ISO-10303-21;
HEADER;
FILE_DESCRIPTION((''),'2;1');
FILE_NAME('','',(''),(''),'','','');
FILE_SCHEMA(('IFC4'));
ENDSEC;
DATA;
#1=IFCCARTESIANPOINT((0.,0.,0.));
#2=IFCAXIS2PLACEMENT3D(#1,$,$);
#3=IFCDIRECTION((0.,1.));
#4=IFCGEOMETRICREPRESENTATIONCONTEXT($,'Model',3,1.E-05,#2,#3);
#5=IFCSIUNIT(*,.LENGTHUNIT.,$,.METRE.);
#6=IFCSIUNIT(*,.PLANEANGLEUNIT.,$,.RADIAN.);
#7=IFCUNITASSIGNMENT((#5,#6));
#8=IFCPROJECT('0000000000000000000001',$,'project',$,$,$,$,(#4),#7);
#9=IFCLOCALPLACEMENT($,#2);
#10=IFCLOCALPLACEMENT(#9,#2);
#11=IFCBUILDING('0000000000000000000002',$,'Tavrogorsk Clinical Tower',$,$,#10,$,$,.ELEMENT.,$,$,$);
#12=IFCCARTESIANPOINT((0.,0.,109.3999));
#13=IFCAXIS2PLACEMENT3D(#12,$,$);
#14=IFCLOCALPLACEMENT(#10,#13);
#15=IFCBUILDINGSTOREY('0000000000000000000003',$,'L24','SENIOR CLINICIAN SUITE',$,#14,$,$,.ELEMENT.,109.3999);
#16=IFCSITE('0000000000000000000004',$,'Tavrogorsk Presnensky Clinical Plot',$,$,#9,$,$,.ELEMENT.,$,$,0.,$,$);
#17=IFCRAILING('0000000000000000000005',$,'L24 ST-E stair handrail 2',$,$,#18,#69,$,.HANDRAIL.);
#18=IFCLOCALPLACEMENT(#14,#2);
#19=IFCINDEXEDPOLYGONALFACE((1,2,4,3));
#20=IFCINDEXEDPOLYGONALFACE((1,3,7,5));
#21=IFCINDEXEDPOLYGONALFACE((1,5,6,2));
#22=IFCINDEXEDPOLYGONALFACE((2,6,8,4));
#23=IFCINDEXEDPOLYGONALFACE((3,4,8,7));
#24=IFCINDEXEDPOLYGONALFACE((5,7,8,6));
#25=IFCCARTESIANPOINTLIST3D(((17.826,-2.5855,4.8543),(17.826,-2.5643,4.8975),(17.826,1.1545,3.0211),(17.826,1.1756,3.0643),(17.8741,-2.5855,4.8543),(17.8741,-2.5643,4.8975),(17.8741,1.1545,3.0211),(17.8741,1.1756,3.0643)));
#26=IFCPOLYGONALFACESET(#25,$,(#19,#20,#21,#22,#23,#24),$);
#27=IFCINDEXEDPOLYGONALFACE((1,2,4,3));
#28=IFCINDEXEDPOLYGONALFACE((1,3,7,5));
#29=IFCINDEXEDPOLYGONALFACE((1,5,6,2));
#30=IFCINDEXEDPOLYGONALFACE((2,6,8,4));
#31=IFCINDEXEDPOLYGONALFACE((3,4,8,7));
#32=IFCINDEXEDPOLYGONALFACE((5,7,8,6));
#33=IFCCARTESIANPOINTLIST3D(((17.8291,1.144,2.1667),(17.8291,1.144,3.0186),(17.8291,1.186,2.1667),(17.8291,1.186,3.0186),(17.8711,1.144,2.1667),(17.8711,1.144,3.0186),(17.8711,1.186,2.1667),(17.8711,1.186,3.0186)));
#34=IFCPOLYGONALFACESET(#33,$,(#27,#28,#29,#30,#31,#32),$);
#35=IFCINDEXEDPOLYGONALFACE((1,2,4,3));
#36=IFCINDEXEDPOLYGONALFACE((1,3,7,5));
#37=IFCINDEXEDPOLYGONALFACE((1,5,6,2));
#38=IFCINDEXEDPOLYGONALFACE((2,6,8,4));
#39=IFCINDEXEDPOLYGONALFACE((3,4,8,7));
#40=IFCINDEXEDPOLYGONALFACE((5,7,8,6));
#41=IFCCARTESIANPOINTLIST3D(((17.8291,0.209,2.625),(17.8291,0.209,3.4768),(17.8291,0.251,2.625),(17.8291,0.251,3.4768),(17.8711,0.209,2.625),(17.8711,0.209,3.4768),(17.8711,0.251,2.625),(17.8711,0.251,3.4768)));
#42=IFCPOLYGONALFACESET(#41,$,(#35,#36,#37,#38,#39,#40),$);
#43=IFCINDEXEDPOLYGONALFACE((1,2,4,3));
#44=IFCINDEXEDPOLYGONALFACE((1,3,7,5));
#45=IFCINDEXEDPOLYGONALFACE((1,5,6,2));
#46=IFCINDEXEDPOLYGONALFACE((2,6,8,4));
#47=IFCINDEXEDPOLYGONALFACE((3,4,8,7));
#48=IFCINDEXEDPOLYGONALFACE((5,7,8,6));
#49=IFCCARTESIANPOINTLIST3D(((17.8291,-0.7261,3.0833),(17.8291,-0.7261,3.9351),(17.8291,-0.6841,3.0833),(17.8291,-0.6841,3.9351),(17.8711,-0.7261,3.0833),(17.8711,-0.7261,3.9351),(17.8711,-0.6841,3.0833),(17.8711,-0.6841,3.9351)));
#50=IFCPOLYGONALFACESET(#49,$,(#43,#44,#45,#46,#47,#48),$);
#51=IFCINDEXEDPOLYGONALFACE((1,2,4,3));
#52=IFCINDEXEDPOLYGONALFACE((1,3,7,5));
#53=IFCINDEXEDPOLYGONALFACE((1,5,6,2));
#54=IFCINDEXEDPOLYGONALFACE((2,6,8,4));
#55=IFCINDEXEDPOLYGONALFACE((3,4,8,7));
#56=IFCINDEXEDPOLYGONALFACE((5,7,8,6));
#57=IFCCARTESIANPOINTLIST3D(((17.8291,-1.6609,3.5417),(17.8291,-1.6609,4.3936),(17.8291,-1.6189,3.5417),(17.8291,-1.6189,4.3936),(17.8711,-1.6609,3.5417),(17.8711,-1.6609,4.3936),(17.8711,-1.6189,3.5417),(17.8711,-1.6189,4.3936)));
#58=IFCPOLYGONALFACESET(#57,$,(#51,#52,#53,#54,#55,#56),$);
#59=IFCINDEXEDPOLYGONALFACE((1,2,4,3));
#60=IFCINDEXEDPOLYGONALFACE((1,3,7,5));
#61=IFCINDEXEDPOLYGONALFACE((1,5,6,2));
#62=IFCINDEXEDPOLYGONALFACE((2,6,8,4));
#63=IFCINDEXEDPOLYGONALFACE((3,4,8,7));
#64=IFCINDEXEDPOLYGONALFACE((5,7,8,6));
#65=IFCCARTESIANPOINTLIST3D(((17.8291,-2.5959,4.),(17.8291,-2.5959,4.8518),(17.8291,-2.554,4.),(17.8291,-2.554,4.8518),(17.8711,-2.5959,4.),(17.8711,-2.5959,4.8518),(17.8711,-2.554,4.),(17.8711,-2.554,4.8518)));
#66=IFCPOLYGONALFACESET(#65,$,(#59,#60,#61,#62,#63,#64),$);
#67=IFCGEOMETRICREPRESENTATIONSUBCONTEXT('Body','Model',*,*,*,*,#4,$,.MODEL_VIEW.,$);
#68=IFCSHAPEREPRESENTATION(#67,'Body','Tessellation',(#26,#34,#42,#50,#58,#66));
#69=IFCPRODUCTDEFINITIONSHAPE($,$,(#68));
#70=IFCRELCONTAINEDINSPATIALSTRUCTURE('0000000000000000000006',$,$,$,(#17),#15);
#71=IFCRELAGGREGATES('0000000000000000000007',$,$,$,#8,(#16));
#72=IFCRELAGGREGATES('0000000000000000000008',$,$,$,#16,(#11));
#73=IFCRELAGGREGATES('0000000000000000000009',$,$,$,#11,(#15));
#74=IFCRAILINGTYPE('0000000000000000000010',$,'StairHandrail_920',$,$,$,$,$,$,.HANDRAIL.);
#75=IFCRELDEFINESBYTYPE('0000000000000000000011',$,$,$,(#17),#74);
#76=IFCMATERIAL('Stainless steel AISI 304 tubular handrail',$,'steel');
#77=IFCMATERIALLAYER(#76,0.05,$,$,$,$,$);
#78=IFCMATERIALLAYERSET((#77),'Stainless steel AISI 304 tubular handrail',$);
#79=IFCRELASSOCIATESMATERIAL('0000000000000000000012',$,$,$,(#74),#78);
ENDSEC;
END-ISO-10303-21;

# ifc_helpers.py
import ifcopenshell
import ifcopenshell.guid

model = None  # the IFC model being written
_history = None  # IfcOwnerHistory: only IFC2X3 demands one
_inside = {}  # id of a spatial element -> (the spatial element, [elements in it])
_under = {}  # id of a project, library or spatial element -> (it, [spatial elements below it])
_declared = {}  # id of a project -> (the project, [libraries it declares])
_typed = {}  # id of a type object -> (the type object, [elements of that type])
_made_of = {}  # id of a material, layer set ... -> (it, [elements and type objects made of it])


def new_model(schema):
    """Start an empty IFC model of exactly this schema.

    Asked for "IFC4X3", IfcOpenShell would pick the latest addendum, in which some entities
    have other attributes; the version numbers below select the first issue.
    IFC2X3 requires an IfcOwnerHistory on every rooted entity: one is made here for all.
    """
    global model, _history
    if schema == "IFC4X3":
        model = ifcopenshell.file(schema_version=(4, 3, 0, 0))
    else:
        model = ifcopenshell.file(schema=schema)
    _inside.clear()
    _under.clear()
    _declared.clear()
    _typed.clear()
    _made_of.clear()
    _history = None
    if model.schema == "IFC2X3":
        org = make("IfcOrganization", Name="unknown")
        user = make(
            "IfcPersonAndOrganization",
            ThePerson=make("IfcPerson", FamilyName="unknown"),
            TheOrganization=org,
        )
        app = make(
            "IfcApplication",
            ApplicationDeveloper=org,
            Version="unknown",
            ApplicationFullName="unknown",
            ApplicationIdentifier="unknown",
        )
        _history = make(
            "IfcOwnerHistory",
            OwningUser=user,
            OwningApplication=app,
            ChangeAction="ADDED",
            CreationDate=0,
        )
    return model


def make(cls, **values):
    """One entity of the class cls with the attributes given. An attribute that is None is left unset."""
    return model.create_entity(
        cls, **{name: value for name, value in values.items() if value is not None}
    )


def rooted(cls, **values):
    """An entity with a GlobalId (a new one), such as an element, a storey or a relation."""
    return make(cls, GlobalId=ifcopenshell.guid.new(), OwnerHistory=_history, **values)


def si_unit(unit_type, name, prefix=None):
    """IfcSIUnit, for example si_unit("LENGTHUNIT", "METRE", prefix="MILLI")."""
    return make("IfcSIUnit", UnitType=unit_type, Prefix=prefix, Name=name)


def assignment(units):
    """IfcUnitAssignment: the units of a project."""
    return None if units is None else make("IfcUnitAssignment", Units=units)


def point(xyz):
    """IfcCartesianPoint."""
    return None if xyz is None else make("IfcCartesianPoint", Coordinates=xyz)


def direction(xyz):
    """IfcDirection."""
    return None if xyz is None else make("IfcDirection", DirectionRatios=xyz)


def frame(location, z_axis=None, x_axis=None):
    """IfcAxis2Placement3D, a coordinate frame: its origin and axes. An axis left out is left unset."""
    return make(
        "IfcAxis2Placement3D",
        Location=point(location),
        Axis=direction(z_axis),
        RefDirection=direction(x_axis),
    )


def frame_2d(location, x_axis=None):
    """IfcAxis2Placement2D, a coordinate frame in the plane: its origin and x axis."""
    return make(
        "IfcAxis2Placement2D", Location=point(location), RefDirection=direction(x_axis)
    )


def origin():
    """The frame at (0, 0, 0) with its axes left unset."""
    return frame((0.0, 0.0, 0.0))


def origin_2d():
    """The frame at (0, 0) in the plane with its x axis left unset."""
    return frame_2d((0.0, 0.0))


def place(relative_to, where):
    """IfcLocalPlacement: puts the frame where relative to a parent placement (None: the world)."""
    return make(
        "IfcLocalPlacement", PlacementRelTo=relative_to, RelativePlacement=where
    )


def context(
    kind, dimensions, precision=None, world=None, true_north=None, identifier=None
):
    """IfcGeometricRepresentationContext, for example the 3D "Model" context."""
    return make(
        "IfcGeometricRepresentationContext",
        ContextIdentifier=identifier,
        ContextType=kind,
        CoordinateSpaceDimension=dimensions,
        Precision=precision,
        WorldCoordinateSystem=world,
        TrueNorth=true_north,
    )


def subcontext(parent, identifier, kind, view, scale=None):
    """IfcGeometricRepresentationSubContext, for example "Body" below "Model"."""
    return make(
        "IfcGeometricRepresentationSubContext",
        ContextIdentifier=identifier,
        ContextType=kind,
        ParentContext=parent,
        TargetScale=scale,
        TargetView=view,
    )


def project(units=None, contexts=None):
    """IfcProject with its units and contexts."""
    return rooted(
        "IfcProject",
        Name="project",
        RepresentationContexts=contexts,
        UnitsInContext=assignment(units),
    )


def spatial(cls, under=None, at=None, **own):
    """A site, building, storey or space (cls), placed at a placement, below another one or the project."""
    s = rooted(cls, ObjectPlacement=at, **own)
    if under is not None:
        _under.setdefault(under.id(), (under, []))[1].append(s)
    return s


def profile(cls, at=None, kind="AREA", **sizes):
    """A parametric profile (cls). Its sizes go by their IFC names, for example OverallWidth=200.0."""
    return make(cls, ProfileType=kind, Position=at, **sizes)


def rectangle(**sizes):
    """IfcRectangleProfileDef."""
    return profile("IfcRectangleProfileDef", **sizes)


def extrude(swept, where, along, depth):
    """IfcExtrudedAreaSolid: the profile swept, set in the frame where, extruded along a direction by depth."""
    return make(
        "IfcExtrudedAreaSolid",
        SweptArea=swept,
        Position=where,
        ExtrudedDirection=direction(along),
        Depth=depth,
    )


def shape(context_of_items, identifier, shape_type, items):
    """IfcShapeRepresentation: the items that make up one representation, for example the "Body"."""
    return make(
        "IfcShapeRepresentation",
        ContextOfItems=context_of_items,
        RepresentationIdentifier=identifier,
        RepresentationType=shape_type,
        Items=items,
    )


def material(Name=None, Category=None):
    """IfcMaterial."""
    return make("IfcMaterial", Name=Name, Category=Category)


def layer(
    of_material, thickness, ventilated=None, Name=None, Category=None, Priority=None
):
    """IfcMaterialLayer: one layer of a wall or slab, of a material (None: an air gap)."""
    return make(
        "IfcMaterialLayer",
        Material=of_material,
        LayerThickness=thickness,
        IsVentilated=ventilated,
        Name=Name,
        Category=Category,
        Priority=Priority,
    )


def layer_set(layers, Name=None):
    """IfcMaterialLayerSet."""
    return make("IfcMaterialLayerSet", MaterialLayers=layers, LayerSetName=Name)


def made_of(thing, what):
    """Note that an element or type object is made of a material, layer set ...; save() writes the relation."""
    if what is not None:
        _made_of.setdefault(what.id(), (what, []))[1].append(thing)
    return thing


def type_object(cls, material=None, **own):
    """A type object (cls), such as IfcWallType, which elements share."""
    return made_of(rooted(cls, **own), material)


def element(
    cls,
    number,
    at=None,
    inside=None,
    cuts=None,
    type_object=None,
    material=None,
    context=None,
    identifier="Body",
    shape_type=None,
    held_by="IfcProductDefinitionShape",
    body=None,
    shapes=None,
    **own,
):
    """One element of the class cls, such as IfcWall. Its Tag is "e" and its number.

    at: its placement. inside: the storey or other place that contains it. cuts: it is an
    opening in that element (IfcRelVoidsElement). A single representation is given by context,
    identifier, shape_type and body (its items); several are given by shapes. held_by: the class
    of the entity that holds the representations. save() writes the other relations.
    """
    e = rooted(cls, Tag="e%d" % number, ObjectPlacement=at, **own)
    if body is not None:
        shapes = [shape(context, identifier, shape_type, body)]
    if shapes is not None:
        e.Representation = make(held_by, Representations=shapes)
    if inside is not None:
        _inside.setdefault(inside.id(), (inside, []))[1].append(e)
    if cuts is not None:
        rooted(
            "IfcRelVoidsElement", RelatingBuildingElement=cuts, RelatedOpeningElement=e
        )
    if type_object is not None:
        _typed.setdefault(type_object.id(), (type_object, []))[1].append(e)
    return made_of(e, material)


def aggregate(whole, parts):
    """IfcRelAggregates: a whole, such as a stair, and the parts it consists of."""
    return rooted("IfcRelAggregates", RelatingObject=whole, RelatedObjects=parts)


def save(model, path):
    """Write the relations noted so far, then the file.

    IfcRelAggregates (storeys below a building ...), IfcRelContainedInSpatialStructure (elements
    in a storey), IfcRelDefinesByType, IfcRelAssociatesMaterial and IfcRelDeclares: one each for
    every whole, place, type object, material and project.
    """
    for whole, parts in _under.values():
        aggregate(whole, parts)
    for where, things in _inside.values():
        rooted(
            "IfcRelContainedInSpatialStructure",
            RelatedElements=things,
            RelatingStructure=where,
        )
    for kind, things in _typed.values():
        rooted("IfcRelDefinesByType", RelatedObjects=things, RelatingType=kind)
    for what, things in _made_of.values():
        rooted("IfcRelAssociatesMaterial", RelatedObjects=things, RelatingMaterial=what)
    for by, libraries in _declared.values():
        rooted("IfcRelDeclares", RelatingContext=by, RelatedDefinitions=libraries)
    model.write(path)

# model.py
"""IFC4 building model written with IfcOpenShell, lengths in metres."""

from ifc_helpers import new_model, si_unit, direction, frame, origin, origin_2d, place, context, subcontext, project, spatial, rectangle, extrude, material, layer, layer_set, type_object, element, save


model = new_model("IFC4")

# Units and contexts
model_context = context("Model", 3, precision=1e-05, world=origin(), true_north=direction((0.0, 1.0)))
body_context = subcontext(model_context, "Body", "Model", "MODEL_VIEW")
ifc_project = project(units=[si_unit("LENGTHUNIT", "METRE"), si_unit("PLANEANGLEUNIT", "RADIAN")], contexts=[model_context])

# Site, building, storey
site_placement = place(None, origin())
site = spatial("IfcSite", under=ifc_project, at=site_placement, Name="Tavrogorsk Presnensky Clinical Plot", CompositionType="ELEMENT", RefElevation=0.0)
building_placement = place(site_placement, origin())
building = spatial("IfcBuilding", under=site, at=building_placement, Name="Tavrogorsk Clinical Tower", CompositionType="ELEMENT")
storey_placement = place(building_placement, frame((0.0, 0.0, 109.3999)))
storey = spatial("IfcBuildingStorey", under=building, at=storey_placement, Name="L24", Description="SENIOR CLINICIAN SUITE", CompositionType="ELEMENT", Elevation=109.3999)

# Railing
ifc_material_1 = material(Name="Stainless steel AISI 304 tubular handrail", Category="steel")
ifc_layer_1 = layer(ifc_material_1, 0.05)
ifc_layer_set_1 = layer_set([ifc_layer_1], Name="Stainless steel AISI 304 tubular handrail")
railing_type = type_object("IfcRailingType", Name="StairHandrail_920", PredefinedType="HANDRAIL", material=ifc_layer_set_1)
railing_placement = place(storey_placement, frame((17.8501, 1.165, 2.1667)))
element("IfcRailing", 1, at=railing_placement, inside=storey, type_object=railing_type, Name="L24 ST-E stair handrail 2", PredefinedType="HANDRAIL", context=body_context, shape_type="SweptSolid", body=[
    extrude(rectangle(XDim=0.0481, YDim=0.0481, at=origin_2d()), frame((0.0, 0.0, 0.876), z_axis=(0.0, -0.897928, 0.440142), x_axis=(1.0, 0.0, 0.0)), (0.0, 0.0, 1.0), 4.165),
    extrude(rectangle(XDim=0.042, YDim=0.042, at=origin_2d()), origin(), (0.0, 0.0, 1.0), 0.8518),
    extrude(rectangle(XDim=0.042, YDim=0.042, at=origin_2d()), frame((0.0, -0.9351, 0.4583)), (0.0, 0.0, 1.0), 0.8518),
    extrude(rectangle(XDim=0.042, YDim=0.042, at=origin_2d()), frame((0.0, -1.8701, 0.9165)), (0.0, 0.0, 1.0), 0.8518),
    extrude(rectangle(XDim=0.042, YDim=0.042, at=origin_2d()), frame((0.0, -2.8049, 1.375)), (0.0, 0.0, 1.0), 0.8518),
    extrude(rectangle(XDim=0.042, YDim=0.042, at=origin_2d()), frame((0.0, -3.74, 1.8333)), (0.0, 0.0, 1.0), 0.8518),
])

save(model, "model.ifc")
